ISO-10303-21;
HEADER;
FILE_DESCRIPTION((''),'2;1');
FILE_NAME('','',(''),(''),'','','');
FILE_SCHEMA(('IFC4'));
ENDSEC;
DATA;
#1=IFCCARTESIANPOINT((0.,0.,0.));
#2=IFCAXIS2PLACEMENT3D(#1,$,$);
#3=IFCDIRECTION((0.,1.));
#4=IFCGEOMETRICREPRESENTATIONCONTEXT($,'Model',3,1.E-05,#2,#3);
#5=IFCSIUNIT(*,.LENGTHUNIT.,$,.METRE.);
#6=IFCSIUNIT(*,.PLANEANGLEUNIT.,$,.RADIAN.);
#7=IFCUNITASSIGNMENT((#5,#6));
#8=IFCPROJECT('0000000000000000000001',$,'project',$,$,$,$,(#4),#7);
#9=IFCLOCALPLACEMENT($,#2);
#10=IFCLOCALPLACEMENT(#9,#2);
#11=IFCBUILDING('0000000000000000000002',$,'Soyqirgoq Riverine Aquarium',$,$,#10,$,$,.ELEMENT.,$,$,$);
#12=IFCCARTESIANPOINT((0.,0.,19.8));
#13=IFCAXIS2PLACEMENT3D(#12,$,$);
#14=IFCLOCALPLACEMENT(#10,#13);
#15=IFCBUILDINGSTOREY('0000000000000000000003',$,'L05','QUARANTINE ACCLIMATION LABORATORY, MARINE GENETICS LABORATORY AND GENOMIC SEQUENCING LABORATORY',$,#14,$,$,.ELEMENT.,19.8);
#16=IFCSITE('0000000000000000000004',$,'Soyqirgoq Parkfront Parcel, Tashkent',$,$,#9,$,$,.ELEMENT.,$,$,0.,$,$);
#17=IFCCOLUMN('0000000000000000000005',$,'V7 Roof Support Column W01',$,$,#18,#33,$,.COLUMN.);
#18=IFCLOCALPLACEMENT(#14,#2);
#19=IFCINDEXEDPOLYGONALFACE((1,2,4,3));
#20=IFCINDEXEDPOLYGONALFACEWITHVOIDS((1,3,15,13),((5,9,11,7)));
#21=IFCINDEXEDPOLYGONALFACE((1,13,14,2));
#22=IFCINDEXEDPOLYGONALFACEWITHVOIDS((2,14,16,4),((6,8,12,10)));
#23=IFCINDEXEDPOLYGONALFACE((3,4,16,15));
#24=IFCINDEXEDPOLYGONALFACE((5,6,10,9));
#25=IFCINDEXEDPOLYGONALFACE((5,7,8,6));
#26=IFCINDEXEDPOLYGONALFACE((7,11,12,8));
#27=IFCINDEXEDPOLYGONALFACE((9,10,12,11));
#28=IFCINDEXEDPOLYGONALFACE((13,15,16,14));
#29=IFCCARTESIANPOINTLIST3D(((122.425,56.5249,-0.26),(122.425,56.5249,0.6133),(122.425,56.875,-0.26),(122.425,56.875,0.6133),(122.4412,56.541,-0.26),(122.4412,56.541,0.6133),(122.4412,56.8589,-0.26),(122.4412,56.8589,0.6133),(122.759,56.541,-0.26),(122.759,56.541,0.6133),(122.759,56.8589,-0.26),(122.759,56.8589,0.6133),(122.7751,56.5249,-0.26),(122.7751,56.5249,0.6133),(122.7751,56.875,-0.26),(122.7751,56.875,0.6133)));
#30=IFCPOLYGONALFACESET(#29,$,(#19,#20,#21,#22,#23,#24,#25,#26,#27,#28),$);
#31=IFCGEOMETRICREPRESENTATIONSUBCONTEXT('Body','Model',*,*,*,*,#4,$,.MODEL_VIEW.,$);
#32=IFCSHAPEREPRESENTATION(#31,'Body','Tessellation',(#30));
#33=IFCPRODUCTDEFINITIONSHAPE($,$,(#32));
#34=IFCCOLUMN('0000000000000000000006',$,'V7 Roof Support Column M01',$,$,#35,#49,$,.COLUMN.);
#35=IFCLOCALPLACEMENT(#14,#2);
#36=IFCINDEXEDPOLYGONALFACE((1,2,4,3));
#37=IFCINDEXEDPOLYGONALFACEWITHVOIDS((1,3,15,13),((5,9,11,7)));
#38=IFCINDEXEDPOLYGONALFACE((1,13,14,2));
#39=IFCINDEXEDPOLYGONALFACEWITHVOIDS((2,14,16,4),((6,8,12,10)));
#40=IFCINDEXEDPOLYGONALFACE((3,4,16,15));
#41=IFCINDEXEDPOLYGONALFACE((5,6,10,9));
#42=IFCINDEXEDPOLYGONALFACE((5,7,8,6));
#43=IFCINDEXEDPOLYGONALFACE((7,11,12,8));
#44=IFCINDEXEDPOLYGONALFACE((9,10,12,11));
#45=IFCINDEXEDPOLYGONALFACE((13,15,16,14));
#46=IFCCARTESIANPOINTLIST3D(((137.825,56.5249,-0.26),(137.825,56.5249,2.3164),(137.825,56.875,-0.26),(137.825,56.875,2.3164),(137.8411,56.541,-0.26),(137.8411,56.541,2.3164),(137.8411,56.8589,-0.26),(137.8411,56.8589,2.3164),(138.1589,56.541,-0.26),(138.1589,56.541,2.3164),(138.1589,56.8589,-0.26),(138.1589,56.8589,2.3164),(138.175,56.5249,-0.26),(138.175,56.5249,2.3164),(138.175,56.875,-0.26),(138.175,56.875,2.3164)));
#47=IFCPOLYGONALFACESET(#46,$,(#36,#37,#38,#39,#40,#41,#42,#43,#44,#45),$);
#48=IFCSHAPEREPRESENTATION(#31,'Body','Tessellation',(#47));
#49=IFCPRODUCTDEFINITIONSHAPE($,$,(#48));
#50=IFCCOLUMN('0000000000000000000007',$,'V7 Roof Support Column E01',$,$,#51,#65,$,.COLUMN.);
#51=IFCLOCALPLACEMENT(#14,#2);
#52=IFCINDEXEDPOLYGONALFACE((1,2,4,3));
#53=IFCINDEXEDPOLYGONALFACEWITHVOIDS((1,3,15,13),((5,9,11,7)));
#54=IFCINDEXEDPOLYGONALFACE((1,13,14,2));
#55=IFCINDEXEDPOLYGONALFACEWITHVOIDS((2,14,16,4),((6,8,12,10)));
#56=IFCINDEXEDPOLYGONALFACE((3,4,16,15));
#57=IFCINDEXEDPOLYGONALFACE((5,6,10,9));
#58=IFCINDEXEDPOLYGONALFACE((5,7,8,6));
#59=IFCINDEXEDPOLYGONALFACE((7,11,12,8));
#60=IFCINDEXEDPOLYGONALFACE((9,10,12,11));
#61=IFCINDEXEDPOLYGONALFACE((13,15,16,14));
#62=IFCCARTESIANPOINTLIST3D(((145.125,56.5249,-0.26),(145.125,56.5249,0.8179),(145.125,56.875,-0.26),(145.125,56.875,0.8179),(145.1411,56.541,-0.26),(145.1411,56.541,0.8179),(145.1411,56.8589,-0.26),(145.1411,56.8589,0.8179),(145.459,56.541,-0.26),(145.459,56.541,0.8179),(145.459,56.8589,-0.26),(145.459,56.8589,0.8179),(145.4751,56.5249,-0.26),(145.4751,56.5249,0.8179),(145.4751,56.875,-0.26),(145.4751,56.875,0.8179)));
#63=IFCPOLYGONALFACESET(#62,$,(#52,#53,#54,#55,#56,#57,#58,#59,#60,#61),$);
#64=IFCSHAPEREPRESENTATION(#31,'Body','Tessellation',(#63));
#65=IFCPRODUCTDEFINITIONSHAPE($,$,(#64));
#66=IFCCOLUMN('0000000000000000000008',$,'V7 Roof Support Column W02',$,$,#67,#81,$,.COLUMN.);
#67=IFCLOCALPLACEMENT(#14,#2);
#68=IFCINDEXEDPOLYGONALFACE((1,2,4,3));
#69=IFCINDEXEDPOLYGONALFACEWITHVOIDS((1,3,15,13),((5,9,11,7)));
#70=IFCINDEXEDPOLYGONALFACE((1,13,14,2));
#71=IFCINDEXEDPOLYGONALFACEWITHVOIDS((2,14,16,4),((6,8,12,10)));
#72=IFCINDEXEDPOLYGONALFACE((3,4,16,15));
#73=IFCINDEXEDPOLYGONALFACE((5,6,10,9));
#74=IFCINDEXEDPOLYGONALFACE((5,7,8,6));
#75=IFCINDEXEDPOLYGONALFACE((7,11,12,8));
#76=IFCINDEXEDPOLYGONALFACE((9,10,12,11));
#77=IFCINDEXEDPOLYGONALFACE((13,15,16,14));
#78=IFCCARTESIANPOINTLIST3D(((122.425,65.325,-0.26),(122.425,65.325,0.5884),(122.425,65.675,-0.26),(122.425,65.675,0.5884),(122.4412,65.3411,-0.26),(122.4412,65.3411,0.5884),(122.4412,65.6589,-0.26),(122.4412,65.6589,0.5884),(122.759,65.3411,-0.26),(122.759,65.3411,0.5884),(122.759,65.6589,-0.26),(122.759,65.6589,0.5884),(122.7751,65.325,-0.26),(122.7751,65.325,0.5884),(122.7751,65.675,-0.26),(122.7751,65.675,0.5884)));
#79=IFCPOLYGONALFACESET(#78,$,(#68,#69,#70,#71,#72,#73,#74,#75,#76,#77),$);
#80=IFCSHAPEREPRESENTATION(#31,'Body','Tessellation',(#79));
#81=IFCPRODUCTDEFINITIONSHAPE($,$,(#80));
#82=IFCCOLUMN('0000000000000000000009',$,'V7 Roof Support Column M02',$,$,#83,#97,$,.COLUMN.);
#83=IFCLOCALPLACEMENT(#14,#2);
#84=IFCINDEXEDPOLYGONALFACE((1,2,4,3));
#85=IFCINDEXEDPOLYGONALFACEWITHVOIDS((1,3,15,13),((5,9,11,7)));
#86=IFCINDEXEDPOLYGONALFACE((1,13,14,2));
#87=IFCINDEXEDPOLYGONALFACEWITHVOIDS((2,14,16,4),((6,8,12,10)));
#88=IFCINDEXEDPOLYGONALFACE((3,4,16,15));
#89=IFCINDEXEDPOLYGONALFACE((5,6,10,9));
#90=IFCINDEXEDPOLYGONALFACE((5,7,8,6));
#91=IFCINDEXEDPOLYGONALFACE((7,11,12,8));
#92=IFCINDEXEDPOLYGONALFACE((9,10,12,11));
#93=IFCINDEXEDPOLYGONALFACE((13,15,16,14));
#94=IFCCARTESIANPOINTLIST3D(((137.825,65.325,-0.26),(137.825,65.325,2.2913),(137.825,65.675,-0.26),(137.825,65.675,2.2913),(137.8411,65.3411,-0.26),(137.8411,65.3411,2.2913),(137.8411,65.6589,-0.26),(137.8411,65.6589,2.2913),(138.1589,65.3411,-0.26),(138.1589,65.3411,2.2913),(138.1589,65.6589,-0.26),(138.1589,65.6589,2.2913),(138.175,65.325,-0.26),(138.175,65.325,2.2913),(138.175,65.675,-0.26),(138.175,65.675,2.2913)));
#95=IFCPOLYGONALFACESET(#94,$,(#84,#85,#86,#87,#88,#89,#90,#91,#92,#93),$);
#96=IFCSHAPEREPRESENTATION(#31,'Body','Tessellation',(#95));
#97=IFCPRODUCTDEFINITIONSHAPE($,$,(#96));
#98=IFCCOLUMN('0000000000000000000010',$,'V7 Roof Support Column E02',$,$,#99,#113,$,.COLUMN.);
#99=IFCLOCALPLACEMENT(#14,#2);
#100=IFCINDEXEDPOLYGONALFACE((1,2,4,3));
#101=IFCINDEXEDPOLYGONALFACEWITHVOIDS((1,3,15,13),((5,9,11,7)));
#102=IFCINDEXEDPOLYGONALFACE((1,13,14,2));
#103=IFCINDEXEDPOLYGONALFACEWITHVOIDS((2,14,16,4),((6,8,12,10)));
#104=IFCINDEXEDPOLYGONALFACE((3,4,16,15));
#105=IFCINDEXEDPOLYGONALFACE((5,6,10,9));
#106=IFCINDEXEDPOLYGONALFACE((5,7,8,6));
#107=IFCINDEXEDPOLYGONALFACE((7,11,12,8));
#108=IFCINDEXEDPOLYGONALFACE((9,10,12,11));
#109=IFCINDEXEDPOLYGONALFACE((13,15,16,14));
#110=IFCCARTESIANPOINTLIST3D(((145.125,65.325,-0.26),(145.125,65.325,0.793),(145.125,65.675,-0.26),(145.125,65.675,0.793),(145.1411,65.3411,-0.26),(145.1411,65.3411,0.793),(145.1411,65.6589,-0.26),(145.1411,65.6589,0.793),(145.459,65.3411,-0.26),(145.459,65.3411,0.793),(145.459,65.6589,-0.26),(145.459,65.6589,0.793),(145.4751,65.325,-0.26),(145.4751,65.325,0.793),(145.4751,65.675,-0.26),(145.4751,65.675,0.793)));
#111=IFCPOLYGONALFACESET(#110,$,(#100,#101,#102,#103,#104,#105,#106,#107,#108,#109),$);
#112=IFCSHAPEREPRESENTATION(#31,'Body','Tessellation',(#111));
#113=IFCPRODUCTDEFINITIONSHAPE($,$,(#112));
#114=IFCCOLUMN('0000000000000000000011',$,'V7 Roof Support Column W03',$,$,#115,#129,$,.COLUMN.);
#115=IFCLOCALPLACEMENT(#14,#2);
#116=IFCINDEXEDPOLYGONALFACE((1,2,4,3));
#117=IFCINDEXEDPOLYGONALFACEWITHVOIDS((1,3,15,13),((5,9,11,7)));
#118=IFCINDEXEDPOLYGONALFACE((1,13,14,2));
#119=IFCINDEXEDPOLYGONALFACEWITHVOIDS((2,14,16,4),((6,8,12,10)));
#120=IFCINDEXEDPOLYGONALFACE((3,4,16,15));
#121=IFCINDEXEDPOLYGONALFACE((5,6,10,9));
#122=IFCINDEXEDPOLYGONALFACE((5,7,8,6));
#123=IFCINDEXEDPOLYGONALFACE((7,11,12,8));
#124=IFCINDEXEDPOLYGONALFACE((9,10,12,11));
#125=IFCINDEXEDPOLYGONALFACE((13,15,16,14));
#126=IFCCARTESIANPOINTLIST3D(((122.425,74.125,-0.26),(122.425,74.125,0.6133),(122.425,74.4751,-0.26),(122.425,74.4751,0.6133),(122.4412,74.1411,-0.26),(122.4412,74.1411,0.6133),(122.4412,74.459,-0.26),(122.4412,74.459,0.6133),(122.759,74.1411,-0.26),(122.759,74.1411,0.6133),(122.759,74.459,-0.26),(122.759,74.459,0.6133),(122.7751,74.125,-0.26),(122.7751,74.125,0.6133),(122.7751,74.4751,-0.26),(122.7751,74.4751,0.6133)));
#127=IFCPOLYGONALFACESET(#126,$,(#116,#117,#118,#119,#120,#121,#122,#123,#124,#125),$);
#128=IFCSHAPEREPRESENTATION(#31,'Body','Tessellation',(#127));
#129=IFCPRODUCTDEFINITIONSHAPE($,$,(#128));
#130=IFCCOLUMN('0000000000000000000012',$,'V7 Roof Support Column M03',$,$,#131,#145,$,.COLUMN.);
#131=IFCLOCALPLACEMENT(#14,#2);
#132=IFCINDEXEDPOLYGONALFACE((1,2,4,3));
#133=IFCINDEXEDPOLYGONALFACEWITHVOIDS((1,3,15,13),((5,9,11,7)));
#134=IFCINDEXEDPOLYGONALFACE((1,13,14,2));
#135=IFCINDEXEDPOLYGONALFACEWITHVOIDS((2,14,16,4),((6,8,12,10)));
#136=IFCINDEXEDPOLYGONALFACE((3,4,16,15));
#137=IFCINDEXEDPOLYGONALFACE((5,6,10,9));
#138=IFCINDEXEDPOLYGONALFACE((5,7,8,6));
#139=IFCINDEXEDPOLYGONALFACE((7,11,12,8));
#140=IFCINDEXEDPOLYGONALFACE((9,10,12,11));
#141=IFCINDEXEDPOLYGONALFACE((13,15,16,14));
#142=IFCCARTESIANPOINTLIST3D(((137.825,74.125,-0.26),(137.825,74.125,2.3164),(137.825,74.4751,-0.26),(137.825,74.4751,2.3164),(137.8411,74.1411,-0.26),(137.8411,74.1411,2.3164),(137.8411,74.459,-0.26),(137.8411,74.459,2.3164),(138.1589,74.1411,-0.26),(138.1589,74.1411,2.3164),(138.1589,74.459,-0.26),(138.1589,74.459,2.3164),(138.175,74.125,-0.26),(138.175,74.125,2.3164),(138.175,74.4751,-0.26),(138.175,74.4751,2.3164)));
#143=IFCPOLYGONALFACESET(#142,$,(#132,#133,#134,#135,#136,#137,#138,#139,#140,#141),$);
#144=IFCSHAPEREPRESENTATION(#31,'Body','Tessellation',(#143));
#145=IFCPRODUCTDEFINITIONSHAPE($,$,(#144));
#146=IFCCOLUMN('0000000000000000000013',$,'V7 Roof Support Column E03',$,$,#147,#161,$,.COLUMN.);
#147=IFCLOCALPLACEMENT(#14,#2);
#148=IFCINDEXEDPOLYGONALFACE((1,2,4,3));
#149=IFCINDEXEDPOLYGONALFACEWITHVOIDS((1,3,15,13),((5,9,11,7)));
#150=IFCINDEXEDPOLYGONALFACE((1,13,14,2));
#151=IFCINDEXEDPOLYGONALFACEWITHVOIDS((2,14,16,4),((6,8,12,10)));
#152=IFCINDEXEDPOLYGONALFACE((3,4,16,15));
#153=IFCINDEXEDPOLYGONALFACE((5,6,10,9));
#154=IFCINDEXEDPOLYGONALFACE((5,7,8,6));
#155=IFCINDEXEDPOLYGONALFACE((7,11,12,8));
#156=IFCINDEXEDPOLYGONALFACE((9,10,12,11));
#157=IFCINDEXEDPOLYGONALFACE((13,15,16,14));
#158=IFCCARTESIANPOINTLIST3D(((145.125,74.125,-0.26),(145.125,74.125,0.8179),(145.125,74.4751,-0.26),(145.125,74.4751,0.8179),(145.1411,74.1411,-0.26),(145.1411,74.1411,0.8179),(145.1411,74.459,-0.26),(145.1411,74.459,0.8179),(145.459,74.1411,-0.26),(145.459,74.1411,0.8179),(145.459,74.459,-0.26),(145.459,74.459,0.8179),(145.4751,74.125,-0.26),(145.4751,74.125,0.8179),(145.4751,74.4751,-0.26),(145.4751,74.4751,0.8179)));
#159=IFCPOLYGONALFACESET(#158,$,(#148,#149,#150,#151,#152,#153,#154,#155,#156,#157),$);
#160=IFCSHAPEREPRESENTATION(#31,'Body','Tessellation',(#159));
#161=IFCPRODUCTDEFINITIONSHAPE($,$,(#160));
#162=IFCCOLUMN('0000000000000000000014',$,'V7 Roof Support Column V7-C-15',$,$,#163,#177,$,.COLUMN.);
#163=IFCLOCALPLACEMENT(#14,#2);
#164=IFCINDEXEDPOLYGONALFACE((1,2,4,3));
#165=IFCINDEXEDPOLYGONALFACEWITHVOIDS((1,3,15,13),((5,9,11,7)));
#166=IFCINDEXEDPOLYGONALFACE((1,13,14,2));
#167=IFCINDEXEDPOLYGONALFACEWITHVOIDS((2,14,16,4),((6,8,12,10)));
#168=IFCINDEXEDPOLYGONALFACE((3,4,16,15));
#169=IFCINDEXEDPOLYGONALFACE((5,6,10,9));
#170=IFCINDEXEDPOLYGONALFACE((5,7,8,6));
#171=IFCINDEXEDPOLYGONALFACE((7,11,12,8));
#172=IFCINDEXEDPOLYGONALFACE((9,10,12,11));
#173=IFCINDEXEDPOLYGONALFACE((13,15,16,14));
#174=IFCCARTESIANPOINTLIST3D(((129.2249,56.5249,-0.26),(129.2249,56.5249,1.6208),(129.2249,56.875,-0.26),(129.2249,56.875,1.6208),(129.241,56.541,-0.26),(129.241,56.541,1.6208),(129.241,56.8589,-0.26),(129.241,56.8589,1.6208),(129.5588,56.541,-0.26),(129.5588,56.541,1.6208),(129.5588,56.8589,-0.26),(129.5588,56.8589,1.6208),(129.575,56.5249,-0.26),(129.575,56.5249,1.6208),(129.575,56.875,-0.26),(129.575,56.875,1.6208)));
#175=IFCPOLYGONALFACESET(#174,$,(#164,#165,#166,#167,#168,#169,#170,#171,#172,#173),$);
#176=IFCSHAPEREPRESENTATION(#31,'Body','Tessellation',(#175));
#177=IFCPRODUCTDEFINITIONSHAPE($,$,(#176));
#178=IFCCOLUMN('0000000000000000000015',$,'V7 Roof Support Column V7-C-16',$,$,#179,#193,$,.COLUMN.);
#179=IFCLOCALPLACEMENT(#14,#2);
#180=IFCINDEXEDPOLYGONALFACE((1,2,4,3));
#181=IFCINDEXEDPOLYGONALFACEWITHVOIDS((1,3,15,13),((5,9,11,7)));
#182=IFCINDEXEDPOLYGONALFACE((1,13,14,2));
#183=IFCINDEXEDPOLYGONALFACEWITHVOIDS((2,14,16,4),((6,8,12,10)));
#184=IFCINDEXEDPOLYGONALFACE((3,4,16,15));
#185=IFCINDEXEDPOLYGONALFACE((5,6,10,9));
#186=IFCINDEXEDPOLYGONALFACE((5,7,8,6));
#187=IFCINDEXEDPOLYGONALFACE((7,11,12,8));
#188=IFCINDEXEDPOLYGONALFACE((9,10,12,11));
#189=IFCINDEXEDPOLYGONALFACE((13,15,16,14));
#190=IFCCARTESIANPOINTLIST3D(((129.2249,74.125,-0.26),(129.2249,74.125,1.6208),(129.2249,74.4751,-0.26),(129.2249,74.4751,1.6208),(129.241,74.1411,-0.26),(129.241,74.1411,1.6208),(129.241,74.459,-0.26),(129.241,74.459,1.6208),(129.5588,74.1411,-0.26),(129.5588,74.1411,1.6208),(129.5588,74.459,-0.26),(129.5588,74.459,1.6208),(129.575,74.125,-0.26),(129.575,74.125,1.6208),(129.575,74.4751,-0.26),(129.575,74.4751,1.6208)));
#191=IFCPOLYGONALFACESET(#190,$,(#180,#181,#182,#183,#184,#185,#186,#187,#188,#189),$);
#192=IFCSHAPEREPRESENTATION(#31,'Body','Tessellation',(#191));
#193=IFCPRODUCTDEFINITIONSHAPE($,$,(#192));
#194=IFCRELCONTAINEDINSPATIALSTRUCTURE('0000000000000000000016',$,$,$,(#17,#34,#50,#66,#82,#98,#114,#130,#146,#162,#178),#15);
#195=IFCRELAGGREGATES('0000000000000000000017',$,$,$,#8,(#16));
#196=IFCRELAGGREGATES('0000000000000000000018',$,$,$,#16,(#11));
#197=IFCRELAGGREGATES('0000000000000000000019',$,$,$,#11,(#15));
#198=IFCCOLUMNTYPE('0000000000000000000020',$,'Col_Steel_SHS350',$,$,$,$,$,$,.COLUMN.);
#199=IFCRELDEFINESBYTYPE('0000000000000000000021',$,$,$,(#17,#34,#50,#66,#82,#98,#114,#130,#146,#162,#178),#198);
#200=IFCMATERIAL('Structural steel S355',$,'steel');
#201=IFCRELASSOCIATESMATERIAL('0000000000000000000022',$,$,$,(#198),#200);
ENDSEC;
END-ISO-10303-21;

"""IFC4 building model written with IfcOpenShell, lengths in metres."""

from ifc_helpers import new_model, si_unit, direction, frame, origin, origin_2d, place, context, subcontext, project, spatial, hollow_rectangle, extrude, material, material_profile, profile_set, type_object, element, save


model = new_model("IFC4")

# Units and contexts
model_context = context("Model", 3, precision=1e-05, world=origin(), true_north=direction((0.0, 1.0)))
body_context = subcontext(model_context, "Body", "Model", "MODEL_VIEW")
ifc_project = project(units=[si_unit("LENGTHUNIT", "METRE"), si_unit("PLANEANGLEUNIT", "RADIAN")], contexts=[model_context])

# Site, building, storey
site_placement = place(None, origin())
site = spatial("IfcSite", under=ifc_project, at=site_placement, Name="Soyqirgoq Parkfront Parcel, Tashkent", CompositionType="ELEMENT", RefElevation=0.0)
building_placement = place(site_placement, origin())
building = spatial("IfcBuilding", under=site, at=building_placement, Name="Soyqirgoq Riverine Aquarium", CompositionType="ELEMENT")
storey_placement = place(building_placement, frame((0.0, 0.0, 19.8)))
storey = spatial("IfcBuildingStorey", under=building, at=storey_placement, Name="L05", Description="QUARANTINE ACCLIMATION LABORATORY, MARINE GENETICS LABORATORY AND GENOMIC SEQUENCING LABORATORY", CompositionType="ELEMENT", Elevation=19.8)

# Columns
ifc_material_1 = material(Name="Structural steel S355", Category="steel")
ifc_material_profile_1 = material_profile(ifc_material_1, hollow_rectangle(XDim=0.3501, YDim=0.3501, WallThickness=0.0161, at=origin_2d()), Name="SHS 350x350x16")
ifc_profile_set_1 = profile_set([ifc_material_profile_1], Name="Structural steel S355")
column_type = type_object("IfcColumnType", Name="Col_Steel_SHS350", PredefinedType="COLUMN", material=ifc_profile_set_1)
column_1_placement = place(storey_placement, frame((122.6001, 56.7, -0.26), z_axis=(0.0, 0.0, 1.0), x_axis=(1.0, 0.0, 0.0)))
element("IfcColumn", 1, at=column_1_placement, inside=storey, type_object=column_type, Name="V7 Roof Support Column W01", PredefinedType="COLUMN", context=body_context, shape_type="SweptSolid", body=[
    extrude(hollow_rectangle(XDim=0.3501, YDim=0.3501, WallThickness=0.0161, at=origin_2d()), origin(), (0.0, 0.0, 1.0), 0.8733),
])
column_2_placement = place(storey_placement, frame((138.0, 56.7, -0.26), z_axis=(0.0, 0.0, 1.0), x_axis=(1.0, 0.0, 0.0)))
element("IfcColumn", 2, at=column_2_placement, inside=storey, type_object=column_type, Name="V7 Roof Support Column M01", PredefinedType="COLUMN", context=body_context, shape_type="SweptSolid", body=[
    extrude(hollow_rectangle(XDim=0.3501, YDim=0.3501, WallThickness=0.0161, at=origin_2d()), origin(), (0.0, 0.0, 1.0), 2.5764),
])
column_3_placement = place(storey_placement, frame((145.3, 56.7, -0.26), z_axis=(0.0, 0.0, 1.0), x_axis=(1.0, 0.0, 0.0)))
element("IfcColumn", 3, at=column_3_placement, inside=storey, type_object=column_type, Name="V7 Roof Support Column E01", PredefinedType="COLUMN", context=body_context, shape_type="SweptSolid", body=[
    extrude(hollow_rectangle(XDim=0.3501, YDim=0.3501, WallThickness=0.0161, at=origin_2d()), origin(), (0.0, 0.0, 1.0), 1.0779),
])
column_4_placement = place(storey_placement, frame((122.6001, 65.5, -0.26), z_axis=(0.0, 0.0, 1.0), x_axis=(1.0, 0.0, 0.0)))
element("IfcColumn", 4, at=column_4_placement, inside=storey, type_object=column_type, Name="V7 Roof Support Column W02", PredefinedType="COLUMN", context=body_context, shape_type="SweptSolid", body=[
    extrude(hollow_rectangle(XDim=0.3501, YDim=0.3501, WallThickness=0.0161, at=origin_2d()), origin(), (0.0, 0.0, 1.0), 0.8484),
])
column_5_placement = place(storey_placement, frame((138.0, 65.5, -0.26), z_axis=(0.0, 0.0, 1.0), x_axis=(1.0, 0.0, 0.0)))
element("IfcColumn", 5, at=column_5_placement, inside=storey, type_object=column_type, Name="V7 Roof Support Column M02", PredefinedType="COLUMN", context=body_context, shape_type="SweptSolid", body=[
    extrude(hollow_rectangle(XDim=0.3501, YDim=0.3501, WallThickness=0.0161, at=origin_2d()), origin(), (0.0, 0.0, 1.0), 2.5513),
])
column_6_placement = place(storey_placement, frame((145.3, 65.5, -0.26), z_axis=(0.0, 0.0, 1.0), x_axis=(1.0, 0.0, 0.0)))
element("IfcColumn", 6, at=column_6_placement, inside=storey, type_object=column_type, Name="V7 Roof Support Column E02", PredefinedType="COLUMN", context=body_context, shape_type="SweptSolid", body=[
    extrude(hollow_rectangle(XDim=0.3501, YDim=0.3501, WallThickness=0.0161, at=origin_2d()), origin(), (0.0, 0.0, 1.0), 1.053),
])
column_7_placement = place(storey_placement, frame((122.6001, 74.3, -0.26), z_axis=(0.0, 0.0, 1.0), x_axis=(1.0, 0.0, 0.0)))
element("IfcColumn", 7, at=column_7_placement, inside=storey, type_object=column_type, Name="V7 Roof Support Column W03", PredefinedType="COLUMN", context=body_context, shape_type="SweptSolid", body=[
    extrude(hollow_rectangle(XDim=0.3501, YDim=0.3501, WallThickness=0.0161, at=origin_2d()), origin(), (0.0, 0.0, 1.0), 0.8733),
])
column_8_placement = place(storey_placement, frame((138.0, 74.3, -0.26), z_axis=(0.0, 0.0, 1.0), x_axis=(1.0, 0.0, 0.0)))
element("IfcColumn", 8, at=column_8_placement, inside=storey, type_object=column_type, Name="V7 Roof Support Column M03", PredefinedType="COLUMN", context=body_context, shape_type="SweptSolid", body=[
    extrude(hollow_rectangle(XDim=0.3501, YDim=0.3501, WallThickness=0.0161, at=origin_2d()), origin(), (0.0, 0.0, 1.0), 2.5764),
])
column_9_placement = place(storey_placement, frame((145.3, 74.3, -0.26), z_axis=(0.0, 0.0, 1.0), x_axis=(1.0, 0.0, 0.0)))
element("IfcColumn", 9, at=column_9_placement, inside=storey, type_object=column_type, Name="V7 Roof Support Column E03", PredefinedType="COLUMN", context=body_context, shape_type="SweptSolid", body=[
    extrude(hollow_rectangle(XDim=0.3501, YDim=0.3501, WallThickness=0.0161, at=origin_2d()), origin(), (0.0, 0.0, 1.0), 1.0779),
])
for number, where, z_axis, x_axis, name in (
    (10, (129.3999, 56.7, -0.26), (0.0, 0.0, 1.0), (1.0, 0.0, 0.0), "V7 Roof Support Column V7-C-15"),
    (11, (129.3999, 74.3, -0.26), (0.0, 0.0, 1.0), (1.0, 0.0, 0.0), "V7 Roof Support Column V7-C-16"),
):
    element("IfcColumn", number, at=place(storey_placement, frame(where, z_axis=z_axis, x_axis=x_axis)), inside=storey, type_object=column_type, Name=name, PredefinedType="COLUMN", context=body_context, shape_type="SweptSolid", body=[
        extrude(hollow_rectangle(XDim=0.3501, YDim=0.3501, WallThickness=0.0161, at=origin_2d()), origin(), (0.0, 0.0, 1.0), 1.8809),
    ])

save(model, "model.ifc")
